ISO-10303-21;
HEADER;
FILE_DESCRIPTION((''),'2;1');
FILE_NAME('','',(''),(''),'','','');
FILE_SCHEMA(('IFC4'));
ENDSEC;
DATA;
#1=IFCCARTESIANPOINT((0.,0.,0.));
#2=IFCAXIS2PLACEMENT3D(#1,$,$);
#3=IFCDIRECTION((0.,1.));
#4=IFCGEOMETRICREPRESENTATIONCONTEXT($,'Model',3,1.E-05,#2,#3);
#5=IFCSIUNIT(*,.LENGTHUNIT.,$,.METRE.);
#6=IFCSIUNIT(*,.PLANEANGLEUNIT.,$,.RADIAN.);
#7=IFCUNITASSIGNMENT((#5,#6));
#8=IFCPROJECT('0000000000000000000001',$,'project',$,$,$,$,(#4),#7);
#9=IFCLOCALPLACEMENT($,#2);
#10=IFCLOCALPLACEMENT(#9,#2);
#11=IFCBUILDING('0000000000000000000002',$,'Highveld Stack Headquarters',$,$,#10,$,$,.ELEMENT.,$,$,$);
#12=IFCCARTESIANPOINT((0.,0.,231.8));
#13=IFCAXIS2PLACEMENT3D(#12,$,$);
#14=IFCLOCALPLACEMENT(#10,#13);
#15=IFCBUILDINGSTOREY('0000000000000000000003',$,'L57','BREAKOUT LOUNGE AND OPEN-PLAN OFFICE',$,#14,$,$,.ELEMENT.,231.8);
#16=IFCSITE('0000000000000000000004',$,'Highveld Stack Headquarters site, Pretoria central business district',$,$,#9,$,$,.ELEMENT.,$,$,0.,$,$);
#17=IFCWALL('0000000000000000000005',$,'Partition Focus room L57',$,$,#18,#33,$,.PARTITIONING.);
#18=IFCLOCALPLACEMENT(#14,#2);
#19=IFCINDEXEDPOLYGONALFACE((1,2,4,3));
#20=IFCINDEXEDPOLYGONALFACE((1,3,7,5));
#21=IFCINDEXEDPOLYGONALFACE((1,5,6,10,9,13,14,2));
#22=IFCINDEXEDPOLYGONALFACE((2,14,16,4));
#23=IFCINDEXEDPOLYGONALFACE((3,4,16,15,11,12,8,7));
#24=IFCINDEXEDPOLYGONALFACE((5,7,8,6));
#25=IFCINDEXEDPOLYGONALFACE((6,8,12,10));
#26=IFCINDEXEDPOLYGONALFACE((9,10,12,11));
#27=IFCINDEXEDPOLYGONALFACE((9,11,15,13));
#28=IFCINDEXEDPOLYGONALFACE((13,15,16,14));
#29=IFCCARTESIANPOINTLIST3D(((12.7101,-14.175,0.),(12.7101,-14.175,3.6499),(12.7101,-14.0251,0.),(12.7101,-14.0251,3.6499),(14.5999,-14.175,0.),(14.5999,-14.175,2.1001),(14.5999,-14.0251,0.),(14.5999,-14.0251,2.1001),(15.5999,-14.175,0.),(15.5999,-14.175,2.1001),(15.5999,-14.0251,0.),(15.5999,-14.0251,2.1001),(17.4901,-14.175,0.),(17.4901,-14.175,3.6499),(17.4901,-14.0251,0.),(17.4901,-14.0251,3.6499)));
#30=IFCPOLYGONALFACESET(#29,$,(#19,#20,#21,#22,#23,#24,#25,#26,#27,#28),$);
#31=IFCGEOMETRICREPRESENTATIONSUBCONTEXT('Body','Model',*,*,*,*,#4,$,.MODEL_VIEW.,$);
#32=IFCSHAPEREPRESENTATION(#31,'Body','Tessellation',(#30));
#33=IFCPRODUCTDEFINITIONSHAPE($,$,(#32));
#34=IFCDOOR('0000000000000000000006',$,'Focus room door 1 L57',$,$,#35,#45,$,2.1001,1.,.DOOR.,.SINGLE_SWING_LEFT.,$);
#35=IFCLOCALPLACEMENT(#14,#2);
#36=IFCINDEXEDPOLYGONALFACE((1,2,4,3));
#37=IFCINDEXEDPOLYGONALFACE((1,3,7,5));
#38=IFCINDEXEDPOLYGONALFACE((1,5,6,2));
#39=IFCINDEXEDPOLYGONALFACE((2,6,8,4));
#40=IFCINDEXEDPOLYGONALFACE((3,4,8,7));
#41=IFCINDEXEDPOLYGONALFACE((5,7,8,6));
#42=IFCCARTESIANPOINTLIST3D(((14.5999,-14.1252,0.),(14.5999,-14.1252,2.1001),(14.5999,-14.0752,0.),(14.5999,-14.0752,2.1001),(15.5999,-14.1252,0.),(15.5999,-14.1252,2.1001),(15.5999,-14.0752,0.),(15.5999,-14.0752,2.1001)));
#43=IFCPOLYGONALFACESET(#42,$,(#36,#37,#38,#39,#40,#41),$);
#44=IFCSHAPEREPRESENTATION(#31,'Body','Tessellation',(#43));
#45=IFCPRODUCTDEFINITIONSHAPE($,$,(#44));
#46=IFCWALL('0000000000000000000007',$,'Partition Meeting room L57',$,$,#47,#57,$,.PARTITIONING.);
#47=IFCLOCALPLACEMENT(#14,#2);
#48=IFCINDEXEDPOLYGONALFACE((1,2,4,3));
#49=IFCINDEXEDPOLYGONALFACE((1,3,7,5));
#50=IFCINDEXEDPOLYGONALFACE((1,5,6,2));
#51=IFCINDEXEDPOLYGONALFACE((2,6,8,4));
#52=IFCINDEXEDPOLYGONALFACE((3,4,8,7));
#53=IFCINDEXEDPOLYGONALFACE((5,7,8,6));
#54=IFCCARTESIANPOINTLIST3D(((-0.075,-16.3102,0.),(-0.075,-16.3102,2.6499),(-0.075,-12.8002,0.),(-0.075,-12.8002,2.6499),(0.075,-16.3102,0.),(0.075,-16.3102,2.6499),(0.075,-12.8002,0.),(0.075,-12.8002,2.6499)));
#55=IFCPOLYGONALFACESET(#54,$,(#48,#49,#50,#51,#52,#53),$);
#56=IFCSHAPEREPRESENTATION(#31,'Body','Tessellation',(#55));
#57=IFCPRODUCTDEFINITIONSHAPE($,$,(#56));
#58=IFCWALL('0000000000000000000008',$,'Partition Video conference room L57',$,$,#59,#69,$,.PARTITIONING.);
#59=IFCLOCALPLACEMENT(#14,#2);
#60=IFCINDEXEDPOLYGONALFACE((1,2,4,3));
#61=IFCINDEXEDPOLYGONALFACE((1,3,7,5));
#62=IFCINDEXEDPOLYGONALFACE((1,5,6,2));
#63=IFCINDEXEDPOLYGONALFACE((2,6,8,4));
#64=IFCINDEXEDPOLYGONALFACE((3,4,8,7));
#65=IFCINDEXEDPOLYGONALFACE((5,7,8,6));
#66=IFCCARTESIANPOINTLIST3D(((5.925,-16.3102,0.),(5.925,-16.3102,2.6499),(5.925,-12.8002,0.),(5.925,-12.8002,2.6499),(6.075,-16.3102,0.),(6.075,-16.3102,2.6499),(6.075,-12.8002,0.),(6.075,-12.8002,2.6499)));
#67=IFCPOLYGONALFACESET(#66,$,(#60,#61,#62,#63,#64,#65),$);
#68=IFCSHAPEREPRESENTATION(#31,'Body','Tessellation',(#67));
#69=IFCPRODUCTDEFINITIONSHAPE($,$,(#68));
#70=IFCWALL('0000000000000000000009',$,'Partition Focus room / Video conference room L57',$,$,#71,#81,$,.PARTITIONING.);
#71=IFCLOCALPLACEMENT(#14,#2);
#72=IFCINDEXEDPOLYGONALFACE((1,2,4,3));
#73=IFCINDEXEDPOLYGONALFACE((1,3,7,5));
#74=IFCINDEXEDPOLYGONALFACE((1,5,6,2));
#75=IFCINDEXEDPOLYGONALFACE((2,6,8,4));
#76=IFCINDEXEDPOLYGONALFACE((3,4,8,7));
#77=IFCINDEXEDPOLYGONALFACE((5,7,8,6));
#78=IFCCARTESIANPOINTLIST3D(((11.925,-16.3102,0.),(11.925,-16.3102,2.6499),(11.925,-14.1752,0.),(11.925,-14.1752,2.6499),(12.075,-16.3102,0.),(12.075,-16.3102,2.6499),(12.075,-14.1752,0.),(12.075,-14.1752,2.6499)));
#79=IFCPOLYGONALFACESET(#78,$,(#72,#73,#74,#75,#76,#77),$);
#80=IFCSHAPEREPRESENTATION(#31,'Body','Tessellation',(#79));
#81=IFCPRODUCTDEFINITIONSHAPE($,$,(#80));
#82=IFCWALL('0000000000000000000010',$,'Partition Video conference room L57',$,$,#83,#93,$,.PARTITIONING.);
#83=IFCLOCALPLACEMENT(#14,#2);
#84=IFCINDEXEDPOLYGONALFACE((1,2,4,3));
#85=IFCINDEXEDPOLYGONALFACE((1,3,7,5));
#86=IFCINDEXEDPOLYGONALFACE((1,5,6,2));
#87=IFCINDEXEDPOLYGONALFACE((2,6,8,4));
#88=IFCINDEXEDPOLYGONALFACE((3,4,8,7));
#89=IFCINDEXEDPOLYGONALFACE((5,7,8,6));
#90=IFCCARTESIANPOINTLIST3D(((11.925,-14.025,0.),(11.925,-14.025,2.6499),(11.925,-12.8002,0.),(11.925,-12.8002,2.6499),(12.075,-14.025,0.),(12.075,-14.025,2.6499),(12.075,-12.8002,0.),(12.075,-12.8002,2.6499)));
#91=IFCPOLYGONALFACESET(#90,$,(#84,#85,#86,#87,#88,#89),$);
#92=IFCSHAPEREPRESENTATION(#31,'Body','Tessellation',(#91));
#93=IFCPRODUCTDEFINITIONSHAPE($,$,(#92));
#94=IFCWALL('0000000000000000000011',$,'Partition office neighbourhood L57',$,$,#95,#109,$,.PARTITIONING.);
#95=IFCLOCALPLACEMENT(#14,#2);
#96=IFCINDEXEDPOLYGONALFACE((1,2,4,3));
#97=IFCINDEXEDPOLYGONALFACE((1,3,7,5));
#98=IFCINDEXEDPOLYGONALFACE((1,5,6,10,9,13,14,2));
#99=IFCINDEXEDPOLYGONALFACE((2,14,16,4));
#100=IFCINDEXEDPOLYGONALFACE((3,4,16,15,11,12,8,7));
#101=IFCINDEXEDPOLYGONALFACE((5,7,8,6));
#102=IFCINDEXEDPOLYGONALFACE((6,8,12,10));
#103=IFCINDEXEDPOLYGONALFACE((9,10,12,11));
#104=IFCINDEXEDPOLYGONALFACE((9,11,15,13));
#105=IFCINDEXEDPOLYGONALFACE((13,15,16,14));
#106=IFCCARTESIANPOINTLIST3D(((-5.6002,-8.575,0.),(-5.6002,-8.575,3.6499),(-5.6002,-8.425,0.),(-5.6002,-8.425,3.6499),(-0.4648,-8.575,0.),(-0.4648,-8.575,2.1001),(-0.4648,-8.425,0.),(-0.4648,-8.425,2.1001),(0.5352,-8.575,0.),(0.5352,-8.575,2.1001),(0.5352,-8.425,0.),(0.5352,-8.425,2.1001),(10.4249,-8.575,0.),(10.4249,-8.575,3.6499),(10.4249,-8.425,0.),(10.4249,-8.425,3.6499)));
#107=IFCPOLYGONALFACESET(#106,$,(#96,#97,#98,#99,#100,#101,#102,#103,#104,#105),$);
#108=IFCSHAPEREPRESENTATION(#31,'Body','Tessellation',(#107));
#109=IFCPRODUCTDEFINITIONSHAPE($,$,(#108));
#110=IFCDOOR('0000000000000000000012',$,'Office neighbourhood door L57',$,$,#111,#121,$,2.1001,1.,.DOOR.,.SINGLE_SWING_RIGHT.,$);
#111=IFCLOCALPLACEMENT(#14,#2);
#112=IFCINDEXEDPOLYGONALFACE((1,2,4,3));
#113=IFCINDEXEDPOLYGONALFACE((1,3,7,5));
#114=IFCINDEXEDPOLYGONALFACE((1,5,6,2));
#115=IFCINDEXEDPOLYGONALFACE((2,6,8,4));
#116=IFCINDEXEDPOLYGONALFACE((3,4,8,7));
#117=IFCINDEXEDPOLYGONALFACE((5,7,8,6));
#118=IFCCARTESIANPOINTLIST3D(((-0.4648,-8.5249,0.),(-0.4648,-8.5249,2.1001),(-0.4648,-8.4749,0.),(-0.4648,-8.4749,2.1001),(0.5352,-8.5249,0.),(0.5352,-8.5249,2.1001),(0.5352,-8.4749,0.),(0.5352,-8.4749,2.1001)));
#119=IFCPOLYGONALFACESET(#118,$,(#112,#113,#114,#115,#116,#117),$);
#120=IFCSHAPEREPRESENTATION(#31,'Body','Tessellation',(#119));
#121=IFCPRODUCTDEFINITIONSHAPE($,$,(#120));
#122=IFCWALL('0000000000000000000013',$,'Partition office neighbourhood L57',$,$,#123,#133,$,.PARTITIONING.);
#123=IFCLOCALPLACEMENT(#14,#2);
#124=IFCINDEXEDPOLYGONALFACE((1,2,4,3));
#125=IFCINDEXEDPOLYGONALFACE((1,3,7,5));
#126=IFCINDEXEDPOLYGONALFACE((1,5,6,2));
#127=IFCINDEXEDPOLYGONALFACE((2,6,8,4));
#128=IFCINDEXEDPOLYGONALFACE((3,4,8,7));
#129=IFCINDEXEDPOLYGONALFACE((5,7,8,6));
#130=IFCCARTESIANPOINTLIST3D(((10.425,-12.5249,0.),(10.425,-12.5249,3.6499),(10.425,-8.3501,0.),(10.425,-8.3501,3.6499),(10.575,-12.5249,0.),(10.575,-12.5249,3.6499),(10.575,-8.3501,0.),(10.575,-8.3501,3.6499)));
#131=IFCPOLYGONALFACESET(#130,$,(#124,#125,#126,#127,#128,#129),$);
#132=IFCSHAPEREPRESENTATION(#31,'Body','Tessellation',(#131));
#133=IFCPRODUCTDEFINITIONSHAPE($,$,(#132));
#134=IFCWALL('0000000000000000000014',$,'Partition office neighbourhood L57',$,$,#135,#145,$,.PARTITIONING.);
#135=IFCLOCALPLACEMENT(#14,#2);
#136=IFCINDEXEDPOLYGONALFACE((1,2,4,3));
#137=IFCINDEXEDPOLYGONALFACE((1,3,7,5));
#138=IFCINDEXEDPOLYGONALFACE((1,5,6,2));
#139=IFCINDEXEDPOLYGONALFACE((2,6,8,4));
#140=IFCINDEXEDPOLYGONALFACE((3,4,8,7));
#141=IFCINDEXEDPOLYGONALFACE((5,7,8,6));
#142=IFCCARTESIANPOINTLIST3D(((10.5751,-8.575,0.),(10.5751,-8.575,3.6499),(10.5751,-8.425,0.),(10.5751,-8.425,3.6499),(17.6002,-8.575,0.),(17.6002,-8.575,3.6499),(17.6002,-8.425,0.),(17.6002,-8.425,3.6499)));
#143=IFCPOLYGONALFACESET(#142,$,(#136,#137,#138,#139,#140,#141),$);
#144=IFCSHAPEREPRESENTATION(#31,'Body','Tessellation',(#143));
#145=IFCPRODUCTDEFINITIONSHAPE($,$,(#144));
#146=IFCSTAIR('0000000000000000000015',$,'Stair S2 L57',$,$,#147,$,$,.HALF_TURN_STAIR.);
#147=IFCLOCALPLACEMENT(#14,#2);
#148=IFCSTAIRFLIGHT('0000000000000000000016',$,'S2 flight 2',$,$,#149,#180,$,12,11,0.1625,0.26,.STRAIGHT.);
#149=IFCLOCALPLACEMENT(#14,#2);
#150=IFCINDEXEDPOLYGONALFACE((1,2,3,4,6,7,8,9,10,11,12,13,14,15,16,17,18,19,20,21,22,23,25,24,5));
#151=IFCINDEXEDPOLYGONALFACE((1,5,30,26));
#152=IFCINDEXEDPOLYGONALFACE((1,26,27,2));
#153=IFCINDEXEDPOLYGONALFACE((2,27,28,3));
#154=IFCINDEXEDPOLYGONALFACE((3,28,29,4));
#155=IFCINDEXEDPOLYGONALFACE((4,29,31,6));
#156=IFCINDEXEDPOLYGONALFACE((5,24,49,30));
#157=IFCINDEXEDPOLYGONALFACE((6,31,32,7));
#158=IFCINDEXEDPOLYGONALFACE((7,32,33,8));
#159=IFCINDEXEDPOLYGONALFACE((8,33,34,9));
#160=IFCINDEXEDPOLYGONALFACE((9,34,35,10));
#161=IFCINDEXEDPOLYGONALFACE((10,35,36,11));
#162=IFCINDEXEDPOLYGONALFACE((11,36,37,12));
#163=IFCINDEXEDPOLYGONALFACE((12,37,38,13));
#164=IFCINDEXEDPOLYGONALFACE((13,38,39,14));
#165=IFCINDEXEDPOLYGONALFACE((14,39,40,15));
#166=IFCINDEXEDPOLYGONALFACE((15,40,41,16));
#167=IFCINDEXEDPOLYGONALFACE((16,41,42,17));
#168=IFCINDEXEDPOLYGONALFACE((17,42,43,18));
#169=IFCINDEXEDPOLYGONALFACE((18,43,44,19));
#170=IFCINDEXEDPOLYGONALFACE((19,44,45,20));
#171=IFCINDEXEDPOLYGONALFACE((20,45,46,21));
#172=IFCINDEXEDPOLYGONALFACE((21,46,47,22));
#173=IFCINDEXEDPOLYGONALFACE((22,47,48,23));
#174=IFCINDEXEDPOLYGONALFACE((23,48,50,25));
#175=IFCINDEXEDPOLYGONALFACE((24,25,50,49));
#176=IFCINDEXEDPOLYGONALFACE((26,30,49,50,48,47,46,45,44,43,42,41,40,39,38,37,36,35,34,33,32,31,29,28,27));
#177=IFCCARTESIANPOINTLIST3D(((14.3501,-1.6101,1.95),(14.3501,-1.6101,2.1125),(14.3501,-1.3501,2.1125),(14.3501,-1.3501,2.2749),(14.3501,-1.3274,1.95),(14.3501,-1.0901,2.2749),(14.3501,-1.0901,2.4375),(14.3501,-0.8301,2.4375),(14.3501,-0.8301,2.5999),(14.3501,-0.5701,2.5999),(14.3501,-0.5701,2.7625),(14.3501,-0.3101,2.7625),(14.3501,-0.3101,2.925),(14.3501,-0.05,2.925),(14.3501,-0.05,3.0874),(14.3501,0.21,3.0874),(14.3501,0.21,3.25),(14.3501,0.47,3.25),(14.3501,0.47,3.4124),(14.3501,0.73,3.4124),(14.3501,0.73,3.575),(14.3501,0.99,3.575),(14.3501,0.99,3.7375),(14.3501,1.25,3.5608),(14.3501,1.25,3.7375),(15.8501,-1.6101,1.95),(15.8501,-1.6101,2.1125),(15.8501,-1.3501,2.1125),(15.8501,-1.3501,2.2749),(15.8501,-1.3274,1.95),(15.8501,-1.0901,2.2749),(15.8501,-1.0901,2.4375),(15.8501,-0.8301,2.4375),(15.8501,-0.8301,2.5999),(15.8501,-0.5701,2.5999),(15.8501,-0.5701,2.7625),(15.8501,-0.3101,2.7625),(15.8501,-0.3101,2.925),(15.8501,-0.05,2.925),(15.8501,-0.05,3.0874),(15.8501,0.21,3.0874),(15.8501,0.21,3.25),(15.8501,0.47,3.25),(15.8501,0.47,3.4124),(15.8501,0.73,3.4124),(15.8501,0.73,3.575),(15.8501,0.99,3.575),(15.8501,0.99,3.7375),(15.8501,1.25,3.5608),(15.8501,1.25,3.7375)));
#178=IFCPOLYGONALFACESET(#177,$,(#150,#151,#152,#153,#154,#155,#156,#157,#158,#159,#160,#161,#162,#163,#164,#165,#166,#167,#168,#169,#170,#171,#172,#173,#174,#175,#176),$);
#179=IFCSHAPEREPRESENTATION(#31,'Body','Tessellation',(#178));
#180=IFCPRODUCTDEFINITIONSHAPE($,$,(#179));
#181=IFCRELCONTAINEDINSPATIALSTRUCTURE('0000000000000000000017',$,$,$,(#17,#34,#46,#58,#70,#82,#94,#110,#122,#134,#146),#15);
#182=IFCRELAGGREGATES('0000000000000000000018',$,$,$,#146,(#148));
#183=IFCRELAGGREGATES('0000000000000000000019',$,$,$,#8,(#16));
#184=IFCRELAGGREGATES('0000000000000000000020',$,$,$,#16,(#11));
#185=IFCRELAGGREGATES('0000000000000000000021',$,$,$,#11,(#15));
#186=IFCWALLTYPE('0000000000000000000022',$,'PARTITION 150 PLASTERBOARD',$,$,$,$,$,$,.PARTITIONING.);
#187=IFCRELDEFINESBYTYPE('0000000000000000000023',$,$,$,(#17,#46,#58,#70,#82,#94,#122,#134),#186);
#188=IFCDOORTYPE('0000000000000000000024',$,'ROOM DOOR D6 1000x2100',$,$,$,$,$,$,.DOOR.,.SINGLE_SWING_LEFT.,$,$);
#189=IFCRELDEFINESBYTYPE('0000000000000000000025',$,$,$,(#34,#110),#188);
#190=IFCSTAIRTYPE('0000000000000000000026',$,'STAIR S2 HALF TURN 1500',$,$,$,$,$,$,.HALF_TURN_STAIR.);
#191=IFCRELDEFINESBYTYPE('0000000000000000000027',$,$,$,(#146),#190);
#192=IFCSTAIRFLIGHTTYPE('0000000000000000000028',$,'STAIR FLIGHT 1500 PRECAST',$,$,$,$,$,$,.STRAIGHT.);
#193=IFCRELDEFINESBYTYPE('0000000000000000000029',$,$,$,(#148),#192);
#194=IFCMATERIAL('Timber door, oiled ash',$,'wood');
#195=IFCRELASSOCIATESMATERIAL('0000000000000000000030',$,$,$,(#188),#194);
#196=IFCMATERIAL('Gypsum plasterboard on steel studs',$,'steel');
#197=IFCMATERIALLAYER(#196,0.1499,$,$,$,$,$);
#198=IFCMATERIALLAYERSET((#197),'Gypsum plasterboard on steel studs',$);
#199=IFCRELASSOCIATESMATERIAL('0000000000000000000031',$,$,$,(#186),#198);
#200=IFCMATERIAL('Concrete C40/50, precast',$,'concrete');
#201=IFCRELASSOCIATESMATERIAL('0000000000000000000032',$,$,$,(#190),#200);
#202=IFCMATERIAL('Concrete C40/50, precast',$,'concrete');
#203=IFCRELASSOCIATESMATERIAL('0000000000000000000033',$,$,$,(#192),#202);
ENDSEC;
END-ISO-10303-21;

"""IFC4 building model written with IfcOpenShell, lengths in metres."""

from ifc_helpers import new_model, si_unit, direction, frame, frame_2d, origin, place, context, subcontext, project, spatial, polyline, rectangle, outline, extrude, material, layer, layer_set, type_object, element, fill, aggregate, save


model = new_model("IFC4")

# Units and contexts
model_context = context("Model", 3, precision=1e-05, world=origin(), true_north=direction((0.0, 1.0)))
body_context = subcontext(model_context, "Body", "Model", "MODEL_VIEW")
ifc_project = project(units=[si_unit("LENGTHUNIT", "METRE"), si_unit("PLANEANGLEUNIT", "RADIAN")], contexts=[model_context])

# Site, building, storey
site_placement = place(None, origin())
site = spatial("IfcSite", under=ifc_project, at=site_placement, Name="Highveld Stack Headquarters site, Pretoria central business district", CompositionType="ELEMENT", RefElevation=0.0)
building_placement = place(site_placement, origin())
building = spatial("IfcBuilding", under=site, at=building_placement, Name="Highveld Stack Headquarters", CompositionType="ELEMENT")
storey_placement = place(building_placement, frame((0.0, 0.0, 231.8)))
storey = spatial("IfcBuildingStorey", under=building, at=storey_placement, Name="L57", Description="BREAKOUT LOUNGE AND OPEN-PLAN OFFICE", CompositionType="ELEMENT", Elevation=231.8)

# Shared definitions
ifc_material_1 = material(Name="Timber door, oiled ash", Category="wood")
door_type = type_object("IfcDoorType", Name="ROOM DOOR D6 1000x2100", OperationType="SINGLE_SWING_LEFT", PredefinedType="DOOR", material=ifc_material_1)

# Shared definitions
ifc_material_2 = material(Name="Gypsum plasterboard on steel studs", Category="steel")
ifc_layer_1 = layer(ifc_material_2, 0.1499)
ifc_layer_set_1 = layer_set([ifc_layer_1], Name="Gypsum plasterboard on steel studs")
wall_type_1 = type_object("IfcWallType", Name="PARTITION 150 PLASTERBOARD", PredefinedType="PARTITIONING", material=ifc_layer_set_1)

# Wall, opening, door
wall_1_placement = place(storey_placement, frame((12.71, -14.1001, 0.0), z_axis=(0.0, 0.0, 1.0), x_axis=(1.0, 0.0, 0.0)))
wall_1 = element("IfcWall", 1, at=wall_1_placement, inside=storey, type_object=wall_type_1, Name="Partition Focus room L57", PredefinedType="PARTITIONING", context=body_context, shape_type="SweptSolid", body=[
    extrude(rectangle(XDim=4.78, YDim=0.1499, at=frame_2d((2.3901, 0.0))), origin(), (0.0, 0.0, 1.0), 3.6499),
])
opening_1_placement = place(wall_1_placement, frame((1.8899, 0.0, 0.0)))
opening_1 = element("IfcOpeningElement", 2, at=opening_1_placement, cuts=wall_1, PredefinedType="OPENING", context=body_context, shape_type="SweptSolid", body=[
    extrude(rectangle(XDim=1.0, YDim=2.1001, at=frame_2d((0.5, 1.05))), frame((0.0, 0.085, 0.0), z_axis=(0.0, -1.0, 0.0), x_axis=(1.0, 0.0, 0.0)), (0.0, 0.0, 1.0), 0.1699),
])
door_1_placement = place(opening_1_placement, origin())
door_1 = element("IfcDoor", 3, at=door_1_placement, inside=storey, type_object=door_type, Name="Focus room door 1 L57", OperationType="SINGLE_SWING_LEFT", OverallHeight=2.1001, OverallWidth=1.0, PredefinedType="DOOR", context=body_context, shape_type="SweptSolid", body=[
    extrude(rectangle(XDim=1.0, YDim=2.1001, at=frame_2d((0.5, 1.05))), frame((0.0, 0.0249, 0.0), z_axis=(0.0, -1.0, 0.0), x_axis=(1.0, 0.0, 0.0)), (0.0, 0.0, 1.0), 0.05),
])
fill(opening_1, door_1)

# Walls
for number, where, z_axis, x_axis, name in (
    (4, (0.0, -16.3101, 0.0), (0.0, 0.0, 1.0), (0.0, 1.0, 0.0), "Partition Meeting room L57"),
    (5, (6.0, -16.3101, 0.0), (0.0, 0.0, 1.0), (0.0, 1.0, 0.0), "Partition Video conference room L57"),
):
    element("IfcWall", number, at=place(storey_placement, frame(where, z_axis=z_axis, x_axis=x_axis)), inside=storey, type_object=wall_type_1, Name=name, PredefinedType="PARTITIONING", context=body_context, shape_type="SweptSolid", body=[
        extrude(rectangle(XDim=3.51, YDim=0.1499, at=frame_2d((1.7549, 0.0))), origin(), (0.0, 0.0, 1.0), 2.6499),
    ])
wall_2_placement = place(storey_placement, frame((12.0, -16.3101, 0.0), z_axis=(0.0, 0.0, 1.0), x_axis=(0.0, 1.0, 0.0)))
element("IfcWall", 6, at=wall_2_placement, inside=storey, type_object=wall_type_1, Name="Partition Focus room / Video conference room L57", PredefinedType="PARTITIONING", context=body_context, shape_type="SweptSolid", body=[
    extrude(rectangle(XDim=2.135, YDim=0.1499, at=frame_2d((1.0674, 0.0))), origin(), (0.0, 0.0, 1.0), 2.6499),
])
wall_3_placement = place(storey_placement, frame((12.0, -14.0249, 0.0), z_axis=(0.0, 0.0, 1.0), x_axis=(0.0, 1.0, 0.0)))
element("IfcWall", 7, at=wall_3_placement, inside=storey, type_object=wall_type_1, Name="Partition Video conference room L57", PredefinedType="PARTITIONING", context=body_context, shape_type="SweptSolid", body=[
    extrude(rectangle(XDim=1.2249, YDim=0.1499, at=frame_2d((0.6123, 0.0))), origin(), (0.0, 0.0, 1.0), 2.6499),
])

# Wall, opening, door
wall_4_placement = place(storey_placement, frame((10.425, -8.5, 0.0), z_axis=(0.0, 0.0, 1.0), x_axis=(-1.0, 0.0, 0.0)))
wall_4 = element("IfcWall", 8, at=wall_4_placement, inside=storey, type_object=wall_type_1, Name="Partition office neighbourhood L57", PredefinedType="PARTITIONING", context=body_context, shape_type="SweptSolid", body=[
    extrude(rectangle(XDim=16.0251, YDim=0.1499, at=frame_2d((8.0127, 0.0))), origin(), (0.0, 0.0, 1.0), 3.6499),
])
opening_2_placement = place(wall_4_placement, frame((9.8899, 0.0, 0.0)))
opening_2 = element("IfcOpeningElement", 9, at=opening_2_placement, cuts=wall_4, PredefinedType="OPENING", context=body_context, shape_type="SweptSolid", body=[
    extrude(rectangle(XDim=1.0, YDim=2.1001, at=frame_2d((0.5, 1.05))), frame((0.0, 0.085, 0.0), z_axis=(0.0, -1.0, 0.0), x_axis=(1.0, 0.0, 0.0)), (0.0, 0.0, 1.0), 0.1699),
])
door_2_placement = place(opening_2_placement, origin())
door_2 = element("IfcDoor", 10, at=door_2_placement, inside=storey, type_object=door_type, Name="Office neighbourhood door L57", OperationType="SINGLE_SWING_RIGHT", OverallHeight=2.1001, OverallWidth=1.0, PredefinedType="DOOR", context=body_context, shape_type="SweptSolid", body=[
    extrude(rectangle(XDim=1.0, YDim=2.1001, at=frame_2d((0.5, 1.05))), frame((0.0, 0.0249, 0.0), z_axis=(0.0, -1.0, 0.0), x_axis=(1.0, 0.0, 0.0)), (0.0, 0.0, 1.0), 0.05),
])
fill(opening_2, door_2)

# Walls
wall_5_placement = place(storey_placement, frame((10.5, -12.5249, 0.0), z_axis=(0.0, 0.0, 1.0), x_axis=(0.0, 1.0, 0.0)))
element("IfcWall", 11, at=wall_5_placement, inside=storey, type_object=wall_type_1, Name="Partition office neighbourhood L57", PredefinedType="PARTITIONING", context=body_context, shape_type="SweptSolid", body=[
    extrude(rectangle(XDim=4.1748, YDim=0.1499, at=frame_2d((2.0874, 0.0))), origin(), (0.0, 0.0, 1.0), 3.6499),
])
wall_6_placement = place(storey_placement, frame((10.575, -8.5, 0.0), z_axis=(0.0, 0.0, 1.0), x_axis=(1.0, 0.0, 0.0)))
element("IfcWall", 12, at=wall_6_placement, inside=storey, type_object=wall_type_1, Name="Partition office neighbourhood L57", PredefinedType="PARTITIONING", context=body_context, shape_type="SweptSolid", body=[
    extrude(rectangle(XDim=7.0251, YDim=0.1499, at=frame_2d((3.5127, 0.0))), origin(), (0.0, 0.0, 1.0), 3.6499),
])

# Stair, stair flight
ifc_material_3 = material(Name="Concrete C40/50, precast", Category="concrete")
stair_type = type_object("IfcStairType", Name="STAIR S2 HALF TURN 1500", PredefinedType="HALF_TURN_STAIR", material=ifc_material_3)
stair_placement = place(storey_placement, origin())
stair = element("IfcStair", 13, at=stair_placement, inside=storey, type_object=stair_type, Name="Stair S2 L57", PredefinedType="HALF_TURN_STAIR")
ifc_material_4 = material(Name="Concrete C40/50, precast", Category="concrete")
stair_flight_type = type_object("IfcStairFlightType", Name="STAIR FLIGHT 1500 PRECAST", PredefinedType="STRAIGHT", material=ifc_material_4)
stair_flight_placement = place(storey_placement, frame((15.1001, -1.6101, 1.95), z_axis=(0.0, 0.0, 1.0), x_axis=(0.0, 1.0, 0.0)))
stair_flight = element("IfcStairFlight", 14, at=stair_flight_placement, type_object=stair_flight_type, Name="S2 flight 2", NumberOfRisers=12, NumberOfTreads=11, PredefinedType="STRAIGHT", RiserHeight=0.1625, TreadLength=0.26, context=body_context, shape_type="SweptSolid", body=[
    extrude(outline(polyline([(0.0, 0.0), (0.0, 0.1626), (0.26, 0.1626), (0.26, 0.325), (0.52, 0.325), (0.52, 0.4875), (0.78, 0.4875), (0.78, 0.6499), (1.04, 0.6499), (1.04, 0.8125), (1.3, 0.8125), (1.3, 0.9751), (1.5601, 0.9751), (1.5601, 1.1375), (1.8201, 1.1375), (1.8201, 1.3), (2.0801, 1.3), (2.0801, 1.4624), (2.3401, 1.4624), (2.3401, 1.625), (2.6001, 1.625), (2.6001, 1.7876), (2.8601, 1.7876), (2.8601, 1.95), (2.8601, 1.6108), (0.2827, 0.0), (0.0, 0.0)])), frame((0.0, 0.75, 0.0), z_axis=(0.0, -1.0, 0.0), x_axis=(1.0, 0.0, 0.0)), (0.0, 0.0, 1.0), 1.5),
])
aggregate(stair, [stair_flight])

save(model, "model.ifc")
